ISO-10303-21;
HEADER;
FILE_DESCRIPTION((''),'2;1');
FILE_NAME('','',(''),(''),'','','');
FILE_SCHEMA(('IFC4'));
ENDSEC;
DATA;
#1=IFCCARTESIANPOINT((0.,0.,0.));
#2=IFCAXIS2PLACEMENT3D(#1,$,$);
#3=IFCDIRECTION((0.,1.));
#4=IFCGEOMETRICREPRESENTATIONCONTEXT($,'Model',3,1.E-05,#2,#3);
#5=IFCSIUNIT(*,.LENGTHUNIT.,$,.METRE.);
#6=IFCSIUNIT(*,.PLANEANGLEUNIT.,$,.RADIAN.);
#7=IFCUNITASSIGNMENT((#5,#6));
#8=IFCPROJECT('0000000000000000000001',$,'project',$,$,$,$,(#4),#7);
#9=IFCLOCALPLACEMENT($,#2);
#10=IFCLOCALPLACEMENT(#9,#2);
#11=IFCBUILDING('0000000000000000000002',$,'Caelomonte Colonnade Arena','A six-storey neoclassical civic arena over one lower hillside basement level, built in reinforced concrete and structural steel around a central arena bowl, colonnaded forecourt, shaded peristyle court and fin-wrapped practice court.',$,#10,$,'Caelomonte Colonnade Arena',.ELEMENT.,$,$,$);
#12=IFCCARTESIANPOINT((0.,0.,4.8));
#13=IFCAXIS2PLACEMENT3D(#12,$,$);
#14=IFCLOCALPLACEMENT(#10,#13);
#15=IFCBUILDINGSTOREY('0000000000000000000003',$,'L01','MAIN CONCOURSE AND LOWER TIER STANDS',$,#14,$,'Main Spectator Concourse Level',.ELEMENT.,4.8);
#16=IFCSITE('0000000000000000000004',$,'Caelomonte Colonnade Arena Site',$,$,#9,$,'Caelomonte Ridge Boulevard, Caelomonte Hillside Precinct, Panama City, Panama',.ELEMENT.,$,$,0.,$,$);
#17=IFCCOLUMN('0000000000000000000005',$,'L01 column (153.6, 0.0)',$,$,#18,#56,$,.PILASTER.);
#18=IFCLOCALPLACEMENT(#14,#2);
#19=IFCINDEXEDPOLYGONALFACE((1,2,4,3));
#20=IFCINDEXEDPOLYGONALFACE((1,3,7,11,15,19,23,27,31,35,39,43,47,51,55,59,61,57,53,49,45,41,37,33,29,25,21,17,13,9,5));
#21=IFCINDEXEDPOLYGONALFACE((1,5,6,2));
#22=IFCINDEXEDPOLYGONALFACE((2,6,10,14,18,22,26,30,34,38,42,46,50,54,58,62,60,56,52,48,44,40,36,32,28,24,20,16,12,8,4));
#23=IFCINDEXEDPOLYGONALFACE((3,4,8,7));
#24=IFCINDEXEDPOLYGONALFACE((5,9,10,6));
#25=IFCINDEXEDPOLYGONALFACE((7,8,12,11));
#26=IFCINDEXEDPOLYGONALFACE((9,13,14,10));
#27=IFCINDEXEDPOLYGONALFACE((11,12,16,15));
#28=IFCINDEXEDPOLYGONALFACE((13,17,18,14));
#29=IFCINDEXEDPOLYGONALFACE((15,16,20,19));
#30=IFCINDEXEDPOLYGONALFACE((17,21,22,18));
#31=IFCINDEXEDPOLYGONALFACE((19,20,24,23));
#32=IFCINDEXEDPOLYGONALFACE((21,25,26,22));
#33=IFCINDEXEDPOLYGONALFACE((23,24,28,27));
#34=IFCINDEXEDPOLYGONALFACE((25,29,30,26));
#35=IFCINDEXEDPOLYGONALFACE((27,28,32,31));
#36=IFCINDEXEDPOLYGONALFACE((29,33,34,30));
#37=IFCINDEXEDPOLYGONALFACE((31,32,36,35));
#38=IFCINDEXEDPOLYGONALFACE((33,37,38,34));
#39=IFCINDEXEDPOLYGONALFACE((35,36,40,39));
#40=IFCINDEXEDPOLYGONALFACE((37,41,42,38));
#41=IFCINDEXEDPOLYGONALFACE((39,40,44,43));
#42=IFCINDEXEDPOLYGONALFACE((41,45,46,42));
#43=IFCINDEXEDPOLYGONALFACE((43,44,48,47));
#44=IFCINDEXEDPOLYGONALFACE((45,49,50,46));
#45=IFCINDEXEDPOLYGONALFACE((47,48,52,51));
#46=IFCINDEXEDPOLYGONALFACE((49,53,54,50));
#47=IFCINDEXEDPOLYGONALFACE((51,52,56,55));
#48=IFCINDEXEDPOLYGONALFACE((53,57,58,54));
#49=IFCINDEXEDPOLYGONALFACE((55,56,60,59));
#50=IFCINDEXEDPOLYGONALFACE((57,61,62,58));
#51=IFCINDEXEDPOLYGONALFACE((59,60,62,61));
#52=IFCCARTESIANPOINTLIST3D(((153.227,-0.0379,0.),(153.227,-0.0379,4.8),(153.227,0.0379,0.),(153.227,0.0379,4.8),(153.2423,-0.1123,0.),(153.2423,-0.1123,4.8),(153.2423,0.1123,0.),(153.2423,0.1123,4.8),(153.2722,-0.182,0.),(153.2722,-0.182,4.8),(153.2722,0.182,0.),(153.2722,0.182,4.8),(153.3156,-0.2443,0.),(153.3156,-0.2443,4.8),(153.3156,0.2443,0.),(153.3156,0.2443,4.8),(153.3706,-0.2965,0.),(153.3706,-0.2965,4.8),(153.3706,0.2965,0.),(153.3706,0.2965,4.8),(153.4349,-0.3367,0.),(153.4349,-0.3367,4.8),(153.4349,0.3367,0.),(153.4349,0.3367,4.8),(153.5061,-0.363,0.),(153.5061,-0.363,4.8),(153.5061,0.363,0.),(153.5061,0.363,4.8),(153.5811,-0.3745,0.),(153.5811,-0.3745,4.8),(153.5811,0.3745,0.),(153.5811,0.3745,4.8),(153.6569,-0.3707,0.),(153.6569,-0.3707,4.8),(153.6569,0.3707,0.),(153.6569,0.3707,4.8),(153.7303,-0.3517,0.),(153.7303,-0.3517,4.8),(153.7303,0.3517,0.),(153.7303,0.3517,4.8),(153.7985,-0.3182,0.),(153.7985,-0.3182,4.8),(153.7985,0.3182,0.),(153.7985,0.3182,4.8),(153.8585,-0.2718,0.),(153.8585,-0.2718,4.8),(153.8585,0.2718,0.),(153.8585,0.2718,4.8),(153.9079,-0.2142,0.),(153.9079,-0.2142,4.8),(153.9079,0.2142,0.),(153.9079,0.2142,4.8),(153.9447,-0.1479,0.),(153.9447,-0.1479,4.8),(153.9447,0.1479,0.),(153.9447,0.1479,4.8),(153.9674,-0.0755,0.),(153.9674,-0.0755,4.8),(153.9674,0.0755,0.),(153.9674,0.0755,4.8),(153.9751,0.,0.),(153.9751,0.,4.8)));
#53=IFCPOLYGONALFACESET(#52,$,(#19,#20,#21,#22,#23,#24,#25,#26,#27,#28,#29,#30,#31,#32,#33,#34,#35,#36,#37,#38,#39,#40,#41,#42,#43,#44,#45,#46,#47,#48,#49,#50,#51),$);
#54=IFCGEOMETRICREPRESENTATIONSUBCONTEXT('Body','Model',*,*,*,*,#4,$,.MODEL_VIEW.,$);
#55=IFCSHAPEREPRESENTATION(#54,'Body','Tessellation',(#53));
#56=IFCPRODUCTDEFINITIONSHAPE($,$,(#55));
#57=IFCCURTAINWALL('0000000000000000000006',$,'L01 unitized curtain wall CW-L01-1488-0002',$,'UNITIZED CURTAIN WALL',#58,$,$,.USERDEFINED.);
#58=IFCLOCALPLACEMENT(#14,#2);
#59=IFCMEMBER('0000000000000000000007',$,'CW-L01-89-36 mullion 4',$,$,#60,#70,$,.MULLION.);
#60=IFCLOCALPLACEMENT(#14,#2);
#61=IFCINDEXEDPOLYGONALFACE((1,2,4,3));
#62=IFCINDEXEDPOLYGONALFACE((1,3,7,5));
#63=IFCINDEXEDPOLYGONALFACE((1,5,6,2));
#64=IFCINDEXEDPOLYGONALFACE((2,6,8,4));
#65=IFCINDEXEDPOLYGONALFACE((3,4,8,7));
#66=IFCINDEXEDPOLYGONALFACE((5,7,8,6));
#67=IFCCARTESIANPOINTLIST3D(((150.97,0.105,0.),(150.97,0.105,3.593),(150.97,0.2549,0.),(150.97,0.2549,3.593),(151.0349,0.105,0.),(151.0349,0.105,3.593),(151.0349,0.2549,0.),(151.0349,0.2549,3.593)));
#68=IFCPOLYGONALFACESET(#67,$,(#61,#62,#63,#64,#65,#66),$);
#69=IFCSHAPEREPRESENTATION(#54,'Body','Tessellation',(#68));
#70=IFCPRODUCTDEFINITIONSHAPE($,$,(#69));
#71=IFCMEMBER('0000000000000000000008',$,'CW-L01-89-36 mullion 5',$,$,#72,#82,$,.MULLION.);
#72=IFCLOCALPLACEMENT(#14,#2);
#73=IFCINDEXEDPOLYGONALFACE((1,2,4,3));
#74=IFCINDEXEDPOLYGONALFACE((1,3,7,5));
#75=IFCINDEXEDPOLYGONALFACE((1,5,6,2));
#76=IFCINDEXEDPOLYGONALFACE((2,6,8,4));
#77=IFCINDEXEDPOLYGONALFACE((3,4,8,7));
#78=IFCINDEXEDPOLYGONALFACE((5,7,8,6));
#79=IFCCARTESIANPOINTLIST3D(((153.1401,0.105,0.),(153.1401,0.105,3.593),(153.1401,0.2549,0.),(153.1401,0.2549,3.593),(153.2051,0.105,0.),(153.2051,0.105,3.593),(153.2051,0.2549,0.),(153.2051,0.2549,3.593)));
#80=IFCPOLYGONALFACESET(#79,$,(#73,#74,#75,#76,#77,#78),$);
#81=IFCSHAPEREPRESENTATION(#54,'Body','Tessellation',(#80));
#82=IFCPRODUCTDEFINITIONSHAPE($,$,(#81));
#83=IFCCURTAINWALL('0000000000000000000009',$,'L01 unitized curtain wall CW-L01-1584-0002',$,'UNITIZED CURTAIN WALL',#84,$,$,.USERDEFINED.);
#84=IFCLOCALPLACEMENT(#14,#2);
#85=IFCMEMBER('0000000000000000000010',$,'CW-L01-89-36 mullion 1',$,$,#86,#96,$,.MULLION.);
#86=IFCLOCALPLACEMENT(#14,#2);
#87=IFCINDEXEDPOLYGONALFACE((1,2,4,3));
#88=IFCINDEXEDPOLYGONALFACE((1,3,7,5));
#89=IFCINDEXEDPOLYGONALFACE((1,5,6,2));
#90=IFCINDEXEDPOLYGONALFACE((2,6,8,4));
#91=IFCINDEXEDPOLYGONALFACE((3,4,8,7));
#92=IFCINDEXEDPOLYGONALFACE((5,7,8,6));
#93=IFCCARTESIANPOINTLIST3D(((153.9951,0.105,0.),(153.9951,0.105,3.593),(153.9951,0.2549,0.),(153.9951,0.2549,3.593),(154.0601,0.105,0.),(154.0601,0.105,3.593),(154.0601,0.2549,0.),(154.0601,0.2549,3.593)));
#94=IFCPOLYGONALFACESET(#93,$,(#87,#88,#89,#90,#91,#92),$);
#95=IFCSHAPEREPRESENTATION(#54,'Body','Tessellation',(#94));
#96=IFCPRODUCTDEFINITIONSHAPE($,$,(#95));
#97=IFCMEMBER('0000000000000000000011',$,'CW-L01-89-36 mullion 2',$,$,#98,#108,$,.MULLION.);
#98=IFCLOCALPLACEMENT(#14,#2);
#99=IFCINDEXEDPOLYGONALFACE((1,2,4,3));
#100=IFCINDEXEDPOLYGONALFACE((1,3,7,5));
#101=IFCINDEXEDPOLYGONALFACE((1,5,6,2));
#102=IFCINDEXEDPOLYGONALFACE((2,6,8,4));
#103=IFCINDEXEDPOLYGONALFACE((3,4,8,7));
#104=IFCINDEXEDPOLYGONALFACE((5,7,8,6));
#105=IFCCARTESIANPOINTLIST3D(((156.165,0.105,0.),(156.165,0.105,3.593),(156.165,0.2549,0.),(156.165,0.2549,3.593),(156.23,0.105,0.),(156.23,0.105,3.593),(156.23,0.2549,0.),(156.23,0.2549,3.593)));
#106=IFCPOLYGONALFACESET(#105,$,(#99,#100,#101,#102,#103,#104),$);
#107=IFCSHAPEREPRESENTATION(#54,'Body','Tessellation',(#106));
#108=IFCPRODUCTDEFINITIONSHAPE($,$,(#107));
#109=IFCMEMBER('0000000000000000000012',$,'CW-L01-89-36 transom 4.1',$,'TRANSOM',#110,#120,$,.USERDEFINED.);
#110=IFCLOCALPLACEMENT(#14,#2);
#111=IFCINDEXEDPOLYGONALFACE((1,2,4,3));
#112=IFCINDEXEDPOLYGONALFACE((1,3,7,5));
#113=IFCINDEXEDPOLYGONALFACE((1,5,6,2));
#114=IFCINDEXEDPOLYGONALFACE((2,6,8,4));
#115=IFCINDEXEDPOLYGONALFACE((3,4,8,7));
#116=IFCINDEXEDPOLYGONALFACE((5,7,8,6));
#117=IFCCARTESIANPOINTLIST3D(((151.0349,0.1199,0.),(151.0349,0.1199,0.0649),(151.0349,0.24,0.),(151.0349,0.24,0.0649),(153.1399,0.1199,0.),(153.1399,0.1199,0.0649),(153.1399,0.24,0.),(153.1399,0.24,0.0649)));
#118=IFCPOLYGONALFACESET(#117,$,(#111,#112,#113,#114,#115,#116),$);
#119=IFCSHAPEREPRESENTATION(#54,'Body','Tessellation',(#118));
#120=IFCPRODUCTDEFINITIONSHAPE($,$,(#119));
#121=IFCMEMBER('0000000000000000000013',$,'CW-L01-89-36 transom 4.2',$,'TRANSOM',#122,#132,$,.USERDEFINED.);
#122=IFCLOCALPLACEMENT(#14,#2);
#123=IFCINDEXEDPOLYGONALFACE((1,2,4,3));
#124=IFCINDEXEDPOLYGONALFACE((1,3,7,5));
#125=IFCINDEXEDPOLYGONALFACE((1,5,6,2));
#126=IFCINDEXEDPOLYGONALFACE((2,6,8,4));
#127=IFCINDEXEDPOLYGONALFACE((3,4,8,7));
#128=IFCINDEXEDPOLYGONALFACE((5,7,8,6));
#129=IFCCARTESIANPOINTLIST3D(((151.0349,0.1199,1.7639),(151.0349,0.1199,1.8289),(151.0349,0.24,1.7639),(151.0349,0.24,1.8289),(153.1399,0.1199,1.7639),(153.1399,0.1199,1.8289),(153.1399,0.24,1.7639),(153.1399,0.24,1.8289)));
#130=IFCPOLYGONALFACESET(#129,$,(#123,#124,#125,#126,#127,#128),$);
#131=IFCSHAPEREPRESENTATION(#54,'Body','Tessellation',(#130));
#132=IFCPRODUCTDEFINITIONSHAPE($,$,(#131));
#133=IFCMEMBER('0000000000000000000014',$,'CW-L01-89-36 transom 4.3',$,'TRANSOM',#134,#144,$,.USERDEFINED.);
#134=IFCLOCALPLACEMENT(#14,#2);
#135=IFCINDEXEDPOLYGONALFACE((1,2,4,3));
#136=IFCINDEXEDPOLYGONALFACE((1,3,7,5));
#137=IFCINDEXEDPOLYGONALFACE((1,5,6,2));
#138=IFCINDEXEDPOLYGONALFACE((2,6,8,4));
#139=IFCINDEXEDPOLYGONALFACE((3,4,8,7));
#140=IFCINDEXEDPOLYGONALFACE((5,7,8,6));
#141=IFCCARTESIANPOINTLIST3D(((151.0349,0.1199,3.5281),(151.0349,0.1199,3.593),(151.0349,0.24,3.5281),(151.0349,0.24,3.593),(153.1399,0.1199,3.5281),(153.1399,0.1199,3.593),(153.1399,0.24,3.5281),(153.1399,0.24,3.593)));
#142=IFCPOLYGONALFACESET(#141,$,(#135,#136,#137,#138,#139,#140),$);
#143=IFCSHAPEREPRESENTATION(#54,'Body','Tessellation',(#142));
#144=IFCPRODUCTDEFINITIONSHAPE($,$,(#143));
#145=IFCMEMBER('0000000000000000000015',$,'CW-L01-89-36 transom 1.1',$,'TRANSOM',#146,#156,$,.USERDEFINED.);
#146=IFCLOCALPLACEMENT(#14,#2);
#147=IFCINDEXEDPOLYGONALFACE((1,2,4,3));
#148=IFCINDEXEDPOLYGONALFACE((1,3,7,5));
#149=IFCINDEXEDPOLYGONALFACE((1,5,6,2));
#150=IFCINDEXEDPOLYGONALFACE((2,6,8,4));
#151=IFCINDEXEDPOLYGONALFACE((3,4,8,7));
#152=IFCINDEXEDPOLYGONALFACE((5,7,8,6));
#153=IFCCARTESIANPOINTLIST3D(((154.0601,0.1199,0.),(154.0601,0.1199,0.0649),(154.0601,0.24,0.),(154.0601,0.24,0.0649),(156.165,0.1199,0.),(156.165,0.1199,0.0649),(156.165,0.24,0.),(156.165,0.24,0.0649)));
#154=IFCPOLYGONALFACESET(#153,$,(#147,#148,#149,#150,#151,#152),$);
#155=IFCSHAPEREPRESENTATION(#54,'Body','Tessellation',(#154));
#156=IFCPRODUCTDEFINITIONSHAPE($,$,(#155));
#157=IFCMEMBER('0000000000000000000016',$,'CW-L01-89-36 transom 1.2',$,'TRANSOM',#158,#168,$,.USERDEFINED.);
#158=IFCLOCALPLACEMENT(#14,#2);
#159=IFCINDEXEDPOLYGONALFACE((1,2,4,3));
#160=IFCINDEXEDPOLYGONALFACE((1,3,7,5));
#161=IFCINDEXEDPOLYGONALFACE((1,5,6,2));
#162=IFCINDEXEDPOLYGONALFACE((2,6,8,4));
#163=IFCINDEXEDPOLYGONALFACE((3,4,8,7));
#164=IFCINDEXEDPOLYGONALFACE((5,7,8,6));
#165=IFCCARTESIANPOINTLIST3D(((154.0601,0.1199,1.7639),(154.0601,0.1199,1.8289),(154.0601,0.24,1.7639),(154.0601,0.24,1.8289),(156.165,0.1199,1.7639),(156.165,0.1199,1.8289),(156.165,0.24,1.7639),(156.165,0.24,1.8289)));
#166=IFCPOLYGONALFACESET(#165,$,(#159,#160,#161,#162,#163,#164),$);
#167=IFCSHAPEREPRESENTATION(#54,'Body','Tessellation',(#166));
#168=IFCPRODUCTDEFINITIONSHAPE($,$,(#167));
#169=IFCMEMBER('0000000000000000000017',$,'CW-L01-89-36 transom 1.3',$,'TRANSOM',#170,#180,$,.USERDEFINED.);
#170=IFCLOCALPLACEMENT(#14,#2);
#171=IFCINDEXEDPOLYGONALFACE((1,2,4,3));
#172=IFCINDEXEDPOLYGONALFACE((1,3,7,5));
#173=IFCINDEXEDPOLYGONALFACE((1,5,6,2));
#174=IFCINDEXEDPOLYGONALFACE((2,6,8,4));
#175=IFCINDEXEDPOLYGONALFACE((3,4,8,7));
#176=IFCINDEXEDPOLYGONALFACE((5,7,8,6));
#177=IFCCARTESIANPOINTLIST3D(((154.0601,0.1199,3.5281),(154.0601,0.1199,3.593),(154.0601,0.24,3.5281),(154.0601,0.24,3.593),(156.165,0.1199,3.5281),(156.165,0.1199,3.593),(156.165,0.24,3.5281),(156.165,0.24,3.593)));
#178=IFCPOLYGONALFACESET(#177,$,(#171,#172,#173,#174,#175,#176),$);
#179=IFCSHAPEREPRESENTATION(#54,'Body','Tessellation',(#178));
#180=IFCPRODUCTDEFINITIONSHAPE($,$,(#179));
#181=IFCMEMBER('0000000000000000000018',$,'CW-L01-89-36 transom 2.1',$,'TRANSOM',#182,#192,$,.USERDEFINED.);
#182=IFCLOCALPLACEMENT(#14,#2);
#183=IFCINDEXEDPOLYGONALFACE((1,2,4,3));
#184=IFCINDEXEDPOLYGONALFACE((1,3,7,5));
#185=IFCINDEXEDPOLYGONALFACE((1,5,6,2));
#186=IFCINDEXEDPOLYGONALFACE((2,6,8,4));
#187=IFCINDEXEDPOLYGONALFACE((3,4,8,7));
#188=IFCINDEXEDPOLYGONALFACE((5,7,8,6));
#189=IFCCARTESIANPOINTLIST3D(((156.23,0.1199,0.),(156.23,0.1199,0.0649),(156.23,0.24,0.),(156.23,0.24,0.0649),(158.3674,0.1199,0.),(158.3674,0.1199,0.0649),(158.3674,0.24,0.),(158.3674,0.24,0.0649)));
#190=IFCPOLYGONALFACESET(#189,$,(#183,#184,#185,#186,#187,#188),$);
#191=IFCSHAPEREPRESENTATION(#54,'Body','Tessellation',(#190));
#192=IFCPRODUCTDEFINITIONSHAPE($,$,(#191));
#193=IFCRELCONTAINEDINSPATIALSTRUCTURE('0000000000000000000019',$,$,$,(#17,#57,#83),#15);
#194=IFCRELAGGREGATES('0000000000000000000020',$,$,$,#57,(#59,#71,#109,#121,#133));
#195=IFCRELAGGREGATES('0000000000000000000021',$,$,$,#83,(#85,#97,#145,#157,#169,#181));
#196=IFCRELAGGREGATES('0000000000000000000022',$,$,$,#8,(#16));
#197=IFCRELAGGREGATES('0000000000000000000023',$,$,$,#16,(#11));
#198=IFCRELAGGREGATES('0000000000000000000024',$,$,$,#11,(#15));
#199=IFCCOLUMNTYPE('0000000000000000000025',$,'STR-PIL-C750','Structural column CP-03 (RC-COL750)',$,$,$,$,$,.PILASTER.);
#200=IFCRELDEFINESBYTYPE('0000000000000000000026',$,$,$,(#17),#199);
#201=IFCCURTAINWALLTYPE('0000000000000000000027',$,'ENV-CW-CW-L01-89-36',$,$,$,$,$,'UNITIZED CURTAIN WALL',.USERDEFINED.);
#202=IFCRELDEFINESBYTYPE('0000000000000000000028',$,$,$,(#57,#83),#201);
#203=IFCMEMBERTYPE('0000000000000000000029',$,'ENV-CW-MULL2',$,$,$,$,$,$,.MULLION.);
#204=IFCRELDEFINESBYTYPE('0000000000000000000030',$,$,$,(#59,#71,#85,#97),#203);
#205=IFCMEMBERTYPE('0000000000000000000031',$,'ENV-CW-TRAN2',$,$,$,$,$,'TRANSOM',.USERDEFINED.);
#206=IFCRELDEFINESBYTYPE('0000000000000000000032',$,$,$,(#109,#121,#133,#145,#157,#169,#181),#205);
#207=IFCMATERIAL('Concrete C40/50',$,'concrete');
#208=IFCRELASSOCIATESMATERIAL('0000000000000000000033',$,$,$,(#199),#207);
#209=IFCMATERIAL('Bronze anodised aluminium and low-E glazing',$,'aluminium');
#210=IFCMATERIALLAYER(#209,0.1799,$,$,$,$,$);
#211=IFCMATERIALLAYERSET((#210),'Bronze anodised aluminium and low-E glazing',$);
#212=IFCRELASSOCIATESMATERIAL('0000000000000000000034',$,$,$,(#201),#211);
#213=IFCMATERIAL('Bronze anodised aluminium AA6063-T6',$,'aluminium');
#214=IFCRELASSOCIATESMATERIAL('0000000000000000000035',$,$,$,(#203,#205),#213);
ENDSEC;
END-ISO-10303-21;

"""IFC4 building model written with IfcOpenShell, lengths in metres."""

from ifc_helpers import new_model, si_unit, direction, frame, origin, origin_2d, place, context, subcontext, project, spatial, rectangle, circle, extrude, material, layer, layer_set, material_profile, profile_set, type_object, element, aggregate, save


model = new_model("IFC4")

# Units and contexts
model_context = context("Model", 3, precision=1e-05, world=origin(), true_north=direction((0.0, 1.0)))
body_context = subcontext(model_context, "Body", "Model", "MODEL_VIEW")
ifc_project = project(units=[si_unit("LENGTHUNIT", "METRE"), si_unit("PLANEANGLEUNIT", "RADIAN")], contexts=[model_context])

# Site, building, storey
site_placement = place(None, origin())
site = spatial("IfcSite", under=ifc_project, at=site_placement, Name="Caelomonte Colonnade Arena Site", LongName="Caelomonte Ridge Boulevard, Caelomonte Hillside Precinct, Panama City, Panama", CompositionType="ELEMENT", RefElevation=0.0)
building_placement = place(site_placement, origin())
building = spatial("IfcBuilding", under=site, at=building_placement, Name="Caelomonte Colonnade Arena", Description="A six-storey neoclassical civic arena over one lower hillside basement level, built in reinforced concrete and structural steel around a central arena bowl, colonnaded forecourt, shaded peristyle court and fin-wrapped practice court.", LongName="Caelomonte Colonnade Arena", CompositionType="ELEMENT")
storey_placement = place(building_placement, frame((0.0, 0.0, 4.8)))
storey = spatial("IfcBuildingStorey", under=building, at=storey_placement, Name="L01", Description="MAIN CONCOURSE AND LOWER TIER STANDS", LongName="Main Spectator Concourse Level", CompositionType="ELEMENT", Elevation=4.8)

# Column
ifc_material_1 = material(Name="Concrete C40/50", Category="concrete")
ifc_material_profile_1 = material_profile(ifc_material_1, circle(Radius=0.375, at=origin_2d()), Name="RC-COL750")
ifc_profile_set_1 = profile_set([ifc_material_profile_1], Name="Concrete C40/50")
column_type = type_object("IfcColumnType", Name="STR-PIL-C750", Description="Structural column CP-03 (RC-COL750)", PredefinedType="PILASTER", material=ifc_profile_set_1)
column_placement = place(storey_placement, frame((153.6001, 0.0, 0.0), z_axis=(0.0, 0.0, 1.0), x_axis=(1.0, 0.0, 0.0)))
element("IfcColumn", 1, at=column_placement, inside=storey, type_object=column_type, Name="L01 column (153.6, 0.0)", PredefinedType="PILASTER", context=body_context, shape_type="SweptSolid", body=[
    extrude(circle(Radius=0.375, at=origin_2d()), origin(), (0.0, 0.0, 1.0), 4.8),
])

# Curtain walls, members
ifc_material_2 = material(Name="Bronze anodised aluminium and low-E glazing", Category="aluminium")
ifc_layer_1 = layer(ifc_material_2, 0.1799)
ifc_layer_set_1 = layer_set([ifc_layer_1], Name="Bronze anodised aluminium and low-E glazing")
curtain_wall_type = type_object("IfcCurtainWallType", Name="ENV-CW-CW-L01-89-36", ElementType="UNITIZED CURTAIN WALL", PredefinedType="USERDEFINED", material=ifc_layer_set_1)
curtain_wall_1_placement = place(storey_placement, origin())
curtain_wall_1 = element("IfcCurtainWall", 2, at=curtain_wall_1_placement, inside=storey, type_object=curtain_wall_type, Name="L01 unitized curtain wall CW-L01-1488-0002", ObjectType="UNITIZED CURTAIN WALL", PredefinedType="USERDEFINED")
ifc_material_3 = material(Name="Bronze anodised aluminium AA6063-T6", Category="aluminium")
ifc_material_profile_2 = material_profile(ifc_material_3, rectangle(XDim=0.0649, YDim=0.1499, at=origin_2d()), Name="CWM-65X150")
ifc_profile_set_2 = profile_set([ifc_material_profile_2], Name="Bronze anodised aluminium AA6063-T6")
member_type_1 = type_object("IfcMemberType", Name="ENV-CW-MULL2", PredefinedType="MULLION", material=ifc_profile_set_2)
member_1_placement = place(storey_placement, frame((151.0024, 0.1799, 0.0), z_axis=(0.0, 0.0, 1.0), x_axis=(1.0, 0.0, 0.0)))
member_1 = element("IfcMember", 3, at=member_1_placement, type_object=member_type_1, Name="CW-L01-89-36 mullion 4", PredefinedType="MULLION", context=body_context, shape_type="SweptSolid", body=[
    extrude(rectangle(XDim=0.0649, YDim=0.1499, at=origin_2d()), origin(), (0.0, 0.0, 1.0), 3.593),
])
member_2_placement = place(storey_placement, frame((153.1726, 0.1799, 0.0), z_axis=(0.0, 0.0, 1.0), x_axis=(1.0, 0.0, 0.0)))
member_2 = element("IfcMember", 4, at=member_2_placement, type_object=member_type_1, Name="CW-L01-89-36 mullion 5", PredefinedType="MULLION", context=body_context, shape_type="SweptSolid", body=[
    extrude(rectangle(XDim=0.0649, YDim=0.1499, at=origin_2d()), origin(), (0.0, 0.0, 1.0), 3.593),
])
curtain_wall_2_placement = place(storey_placement, origin())
curtain_wall_2 = element("IfcCurtainWall", 5, at=curtain_wall_2_placement, inside=storey, type_object=curtain_wall_type, Name="L01 unitized curtain wall CW-L01-1584-0002", ObjectType="UNITIZED CURTAIN WALL", PredefinedType="USERDEFINED")
member_3_placement = place(storey_placement, frame((154.0276, 0.1799, 0.0), z_axis=(0.0, 0.0, 1.0), x_axis=(1.0, 0.0, 0.0)))
member_3 = element("IfcMember", 6, at=member_3_placement, type_object=member_type_1, Name="CW-L01-89-36 mullion 1", PredefinedType="MULLION", context=body_context, shape_type="SweptSolid", body=[
    extrude(rectangle(XDim=0.0649, YDim=0.1499, at=origin_2d()), origin(), (0.0, 0.0, 1.0), 3.593),
])
member_4_placement = place(storey_placement, frame((156.1975, 0.1799, 0.0), z_axis=(0.0, 0.0, 1.0), x_axis=(1.0, 0.0, 0.0)))
member_4 = element("IfcMember", 7, at=member_4_placement, type_object=member_type_1, Name="CW-L01-89-36 mullion 2", PredefinedType="MULLION", context=body_context, shape_type="SweptSolid", body=[
    extrude(rectangle(XDim=0.0649, YDim=0.1499, at=origin_2d()), origin(), (0.0, 0.0, 1.0), 3.593),
])

# Members
ifc_material_profile_3 = material_profile(ifc_material_3, rectangle(XDim=0.0649, YDim=0.1201, at=origin_2d()), Name="CWT-65X120")
ifc_profile_set_3 = profile_set([ifc_material_profile_3], Name="Bronze anodised aluminium AA6063-T6")
member_type_2 = type_object("IfcMemberType", Name="ENV-CW-TRAN2", ElementType="TRANSOM", PredefinedType="USERDEFINED", material=ifc_profile_set_3)
member_5_placement = place(storey_placement, frame((151.0349, 0.1799, 0.0325), z_axis=(1.0, 0.0, 0.0), x_axis=(0.0, 0.0, 1.0)))
member_5 = element("IfcMember", 8, at=member_5_placement, type_object=member_type_2, Name="CW-L01-89-36 transom 4.1", ObjectType="TRANSOM", PredefinedType="USERDEFINED", context=body_context, shape_type="SweptSolid", body=[
    extrude(rectangle(XDim=0.0649, YDim=0.1201, at=origin_2d()), origin(), (0.0, 0.0, 1.0), 2.105),
])
member_6_placement = place(storey_placement, frame((151.0349, 0.1799, 1.7964), z_axis=(1.0, 0.0, 0.0), x_axis=(0.0, 0.0, 1.0)))
member_6 = element("IfcMember", 9, at=member_6_placement, type_object=member_type_2, Name="CW-L01-89-36 transom 4.2", ObjectType="TRANSOM", PredefinedType="USERDEFINED", context=body_context, shape_type="SweptSolid", body=[
    extrude(rectangle(XDim=0.0649, YDim=0.1201, at=origin_2d()), origin(), (0.0, 0.0, 1.0), 2.105),
])
member_7_placement = place(storey_placement, frame((151.0349, 0.1799, 3.5605), z_axis=(1.0, 0.0, 0.0), x_axis=(0.0, 0.0, 1.0)))
member_7 = element("IfcMember", 10, at=member_7_placement, type_object=member_type_2, Name="CW-L01-89-36 transom 4.3", ObjectType="TRANSOM", PredefinedType="USERDEFINED", context=body_context, shape_type="SweptSolid", body=[
    extrude(rectangle(XDim=0.0649, YDim=0.1201, at=origin_2d()), origin(), (0.0, 0.0, 1.0), 2.105),
])
member_8_placement = place(storey_placement, frame((154.0601, 0.1799, 0.0325), z_axis=(1.0, 0.0, 0.0), x_axis=(0.0, 0.0, 1.0)))
member_8 = element("IfcMember", 11, at=member_8_placement, type_object=member_type_2, Name="CW-L01-89-36 transom 1.1", ObjectType="TRANSOM", PredefinedType="USERDEFINED", context=body_context, shape_type="SweptSolid", body=[
    extrude(rectangle(XDim=0.0649, YDim=0.1201, at=origin_2d()), origin(), (0.0, 0.0, 1.0), 2.105),
])
member_9_placement = place(storey_placement, frame((154.0601, 0.1799, 1.7964), z_axis=(1.0, 0.0, 0.0), x_axis=(0.0, 0.0, 1.0)))
member_9 = element("IfcMember", 12, at=member_9_placement, type_object=member_type_2, Name="CW-L01-89-36 transom 1.2", ObjectType="TRANSOM", PredefinedType="USERDEFINED", context=body_context, shape_type="SweptSolid", body=[
    extrude(rectangle(XDim=0.0649, YDim=0.1201, at=origin_2d()), origin(), (0.0, 0.0, 1.0), 2.105),
])
member_10_placement = place(storey_placement, frame((154.0601, 0.1799, 3.5605), z_axis=(1.0, 0.0, 0.0), x_axis=(0.0, 0.0, 1.0)))
member_10 = element("IfcMember", 13, at=member_10_placement, type_object=member_type_2, Name="CW-L01-89-36 transom 1.3", ObjectType="TRANSOM", PredefinedType="USERDEFINED", context=body_context, shape_type="SweptSolid", body=[
    extrude(rectangle(XDim=0.0649, YDim=0.1201, at=origin_2d()), origin(), (0.0, 0.0, 1.0), 2.105),
])
member_11_placement = place(storey_placement, frame((156.23, 0.1799, 0.0325), z_axis=(1.0, 0.0, 0.0), x_axis=(0.0, 0.0, 1.0)))
member_11 = element("IfcMember", 14, at=member_11_placement, type_object=member_type_2, Name="CW-L01-89-36 transom 2.1", ObjectType="TRANSOM", PredefinedType="USERDEFINED", context=body_context, shape_type="SweptSolid", body=[
    extrude(rectangle(XDim=0.0649, YDim=0.1201, at=origin_2d()), origin(), (0.0, 0.0, 1.0), 2.1375),
])

aggregate(curtain_wall_1, [member_1, member_2, member_5, member_6, member_7])
aggregate(curtain_wall_2, [member_3, member_4, member_8, member_9, member_10, member_11])

save(model, "model.ifc")
